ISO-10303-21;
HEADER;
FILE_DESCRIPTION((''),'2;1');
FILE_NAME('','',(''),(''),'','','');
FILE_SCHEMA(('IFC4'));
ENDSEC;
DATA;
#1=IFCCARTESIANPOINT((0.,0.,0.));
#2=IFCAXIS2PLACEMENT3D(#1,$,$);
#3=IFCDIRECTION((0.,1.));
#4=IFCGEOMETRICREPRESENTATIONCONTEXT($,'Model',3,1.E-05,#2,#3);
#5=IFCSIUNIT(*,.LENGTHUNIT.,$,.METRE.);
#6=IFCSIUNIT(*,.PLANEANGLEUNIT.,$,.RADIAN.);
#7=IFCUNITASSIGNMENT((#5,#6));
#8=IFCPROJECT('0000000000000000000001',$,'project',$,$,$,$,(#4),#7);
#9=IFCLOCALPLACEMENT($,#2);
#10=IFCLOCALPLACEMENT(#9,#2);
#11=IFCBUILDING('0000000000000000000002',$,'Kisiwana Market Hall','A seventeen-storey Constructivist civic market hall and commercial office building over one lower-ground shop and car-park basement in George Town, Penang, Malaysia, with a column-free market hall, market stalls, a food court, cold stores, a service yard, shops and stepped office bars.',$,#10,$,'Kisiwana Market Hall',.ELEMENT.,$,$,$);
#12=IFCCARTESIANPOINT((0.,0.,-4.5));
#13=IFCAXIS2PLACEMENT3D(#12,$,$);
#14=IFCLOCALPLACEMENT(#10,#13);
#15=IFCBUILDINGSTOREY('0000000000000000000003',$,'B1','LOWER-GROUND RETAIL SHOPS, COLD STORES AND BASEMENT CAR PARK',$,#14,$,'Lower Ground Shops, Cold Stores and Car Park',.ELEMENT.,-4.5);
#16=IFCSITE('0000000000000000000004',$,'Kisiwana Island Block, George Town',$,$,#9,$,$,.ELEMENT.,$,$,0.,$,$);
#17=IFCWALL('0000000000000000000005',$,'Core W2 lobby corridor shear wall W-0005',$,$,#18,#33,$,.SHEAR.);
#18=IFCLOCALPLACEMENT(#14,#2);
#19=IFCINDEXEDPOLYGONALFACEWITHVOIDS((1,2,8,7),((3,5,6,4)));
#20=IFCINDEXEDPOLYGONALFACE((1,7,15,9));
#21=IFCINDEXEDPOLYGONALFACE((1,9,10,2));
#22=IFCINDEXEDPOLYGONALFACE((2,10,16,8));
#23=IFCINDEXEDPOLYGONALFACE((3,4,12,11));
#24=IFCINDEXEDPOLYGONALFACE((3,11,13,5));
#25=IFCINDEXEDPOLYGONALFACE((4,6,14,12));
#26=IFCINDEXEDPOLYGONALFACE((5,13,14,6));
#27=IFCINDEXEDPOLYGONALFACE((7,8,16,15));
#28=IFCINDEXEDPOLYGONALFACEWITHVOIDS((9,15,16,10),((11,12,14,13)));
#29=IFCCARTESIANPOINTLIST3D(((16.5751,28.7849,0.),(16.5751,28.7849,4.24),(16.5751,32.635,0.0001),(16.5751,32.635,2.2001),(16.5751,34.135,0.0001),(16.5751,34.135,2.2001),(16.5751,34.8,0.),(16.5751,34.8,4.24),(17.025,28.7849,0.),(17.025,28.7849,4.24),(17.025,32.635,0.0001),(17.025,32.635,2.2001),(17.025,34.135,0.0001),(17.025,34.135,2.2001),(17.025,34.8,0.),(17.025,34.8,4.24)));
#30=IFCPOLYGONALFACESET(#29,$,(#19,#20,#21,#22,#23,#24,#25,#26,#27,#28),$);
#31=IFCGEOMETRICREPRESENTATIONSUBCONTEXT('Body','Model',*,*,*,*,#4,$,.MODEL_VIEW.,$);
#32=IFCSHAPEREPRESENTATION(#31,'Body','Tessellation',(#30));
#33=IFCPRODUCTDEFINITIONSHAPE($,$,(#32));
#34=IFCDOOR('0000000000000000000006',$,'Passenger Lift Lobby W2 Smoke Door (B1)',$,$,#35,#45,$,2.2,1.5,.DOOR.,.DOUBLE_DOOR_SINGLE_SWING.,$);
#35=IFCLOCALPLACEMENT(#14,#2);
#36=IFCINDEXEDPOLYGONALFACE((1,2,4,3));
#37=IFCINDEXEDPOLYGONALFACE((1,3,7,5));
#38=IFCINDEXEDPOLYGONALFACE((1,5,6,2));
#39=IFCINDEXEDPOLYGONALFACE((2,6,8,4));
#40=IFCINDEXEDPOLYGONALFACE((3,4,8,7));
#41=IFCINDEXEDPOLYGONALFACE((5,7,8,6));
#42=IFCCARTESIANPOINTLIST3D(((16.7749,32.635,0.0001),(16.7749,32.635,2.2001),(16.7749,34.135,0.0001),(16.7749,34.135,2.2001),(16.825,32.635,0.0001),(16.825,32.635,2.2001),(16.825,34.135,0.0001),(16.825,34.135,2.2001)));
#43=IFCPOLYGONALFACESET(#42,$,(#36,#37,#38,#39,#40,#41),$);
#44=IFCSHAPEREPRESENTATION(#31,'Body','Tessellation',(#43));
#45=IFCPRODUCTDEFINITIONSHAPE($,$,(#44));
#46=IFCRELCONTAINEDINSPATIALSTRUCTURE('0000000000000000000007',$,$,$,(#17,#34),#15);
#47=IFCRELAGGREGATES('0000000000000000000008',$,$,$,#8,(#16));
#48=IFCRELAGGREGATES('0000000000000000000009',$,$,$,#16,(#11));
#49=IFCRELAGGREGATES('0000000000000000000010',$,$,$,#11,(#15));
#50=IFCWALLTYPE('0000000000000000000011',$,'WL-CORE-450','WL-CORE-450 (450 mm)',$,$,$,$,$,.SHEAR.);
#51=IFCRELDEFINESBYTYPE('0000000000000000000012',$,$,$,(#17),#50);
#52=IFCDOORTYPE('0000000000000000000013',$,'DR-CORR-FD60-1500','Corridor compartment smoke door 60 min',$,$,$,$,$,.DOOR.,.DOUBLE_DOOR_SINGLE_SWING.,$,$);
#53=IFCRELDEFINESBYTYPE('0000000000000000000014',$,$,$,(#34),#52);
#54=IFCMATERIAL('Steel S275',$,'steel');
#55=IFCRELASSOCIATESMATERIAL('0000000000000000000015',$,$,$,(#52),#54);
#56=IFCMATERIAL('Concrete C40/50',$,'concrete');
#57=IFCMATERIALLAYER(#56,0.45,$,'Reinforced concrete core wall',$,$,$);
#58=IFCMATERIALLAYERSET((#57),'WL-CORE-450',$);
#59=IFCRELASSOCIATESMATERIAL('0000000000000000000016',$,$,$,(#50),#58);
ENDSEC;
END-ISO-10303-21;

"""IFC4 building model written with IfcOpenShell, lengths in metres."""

from ifc_helpers import new_model, si_unit, direction, frame, frame_2d, origin, place, context, subcontext, project, spatial, rectangle, extrude, material, layer, layer_set, type_object, element, fill, save


model = new_model("IFC4")

# Units and contexts
model_context = context("Model", 3, precision=1e-05, world=origin(), true_north=direction((0.0, 1.0)))
body_context = subcontext(model_context, "Body", "Model", "MODEL_VIEW")
ifc_project = project(units=[si_unit("LENGTHUNIT", "METRE"), si_unit("PLANEANGLEUNIT", "RADIAN")], contexts=[model_context])

# Site, building, storey
site_placement = place(None, origin())
site = spatial("IfcSite", under=ifc_project, at=site_placement, Name="Kisiwana Island Block, George Town", CompositionType="ELEMENT", RefElevation=0.0)
building_placement = place(site_placement, origin())
building = spatial("IfcBuilding", under=site, at=building_placement, Name="Kisiwana Market Hall", Description="A seventeen-storey Constructivist civic market hall and commercial office building over one lower-ground shop and car-park basement in George Town, Penang, Malaysia, with a column-free market hall, market stalls, a food court, cold stores, a service yard, shops and stepped office bars.", LongName="Kisiwana Market Hall", CompositionType="ELEMENT")
storey_placement = place(building_placement, frame((0.0, 0.0, -4.5)))
storey = spatial("IfcBuildingStorey", under=building, at=storey_placement, Name="B1", Description="LOWER-GROUND RETAIL SHOPS, COLD STORES AND BASEMENT CAR PARK", LongName="Lower Ground Shops, Cold Stores and Car Park", CompositionType="ELEMENT", Elevation=-4.5)

# Shared definitions
ifc_material_1 = material(Name="Steel S275", Category="steel")
door_type_1 = type_object("IfcDoorType", Name="DR-CORR-FD60-1500", Description="Corridor compartment smoke door 60 min", OperationType="DOUBLE_DOOR_SINGLE_SWING", PredefinedType="DOOR", material=ifc_material_1)

# Wall, opening, door
ifc_material_2 = material(Name="Concrete C40/50", Category="concrete")
ifc_layer_1 = layer(ifc_material_2, 0.45, Name="Reinforced concrete core wall")
ifc_layer_set_1 = layer_set([ifc_layer_1], Name="WL-CORE-450")
wall_type_1 = type_object("IfcWallType", Name="WL-CORE-450", Description="WL-CORE-450 (450 mm)", PredefinedType="SHEAR", material=ifc_layer_set_1)
wall_1_placement = place(storey_placement, frame((16.8, 28.7849, 0.0), z_axis=(0.0, 0.0, 1.0), x_axis=(0.0, 1.0, 0.0)))
wall_1 = element("IfcWall", 1, at=wall_1_placement, inside=storey, type_object=wall_type_1, Name="Core W2 lobby corridor shear wall W-0005", PredefinedType="SHEAR", context=body_context, shape_type="SweptSolid", body=[
    extrude(rectangle(XDim=6.0151, YDim=0.45, at=frame_2d((3.0076, 0.0))), origin(), (0.0, 0.0, 1.0), 4.24),
])
opening_1_placement = place(wall_1_placement, frame((3.8501, 0.0, 0.0)))
opening_1 = element("IfcOpeningElement", 2, at=opening_1_placement, cuts=wall_1, PredefinedType="OPENING", context=body_context, shape_type="SweptSolid", body=[
    extrude(rectangle(XDim=1.5, YDim=2.2, at=frame_2d((0.75, 1.1001))), frame((0.0, 0.2368, 0.0), z_axis=(0.0, -1.0, 0.0), x_axis=(1.0, 0.0, 0.0)), (0.0, 0.0, 1.0), 0.4739),
])
door_1_placement = place(opening_1_placement, frame((1.5, 0.0, 0.0), z_axis=(0.0, 0.0, 1.0), x_axis=(-1.0, 0.0, 0.0)))
door_1 = element("IfcDoor", 3, at=door_1_placement, inside=storey, type_object=door_type_1, Name="Passenger Lift Lobby W2 Smoke Door (B1)", OperationType="DOUBLE_DOOR_SINGLE_SWING", OverallHeight=2.2, OverallWidth=1.5, PredefinedType="DOOR", context=body_context, shape_type="SweptSolid", body=[
    extrude(rectangle(XDim=1.5, YDim=2.2, at=frame_2d((0.75, 1.1001))), frame((0.0, 0.0249, 0.0), z_axis=(0.0, -1.0, 0.0), x_axis=(1.0, 0.0, 0.0)), (0.0, 0.0, 1.0), 0.05),
])
fill(opening_1, door_1)

save(model, "model.ifc")
